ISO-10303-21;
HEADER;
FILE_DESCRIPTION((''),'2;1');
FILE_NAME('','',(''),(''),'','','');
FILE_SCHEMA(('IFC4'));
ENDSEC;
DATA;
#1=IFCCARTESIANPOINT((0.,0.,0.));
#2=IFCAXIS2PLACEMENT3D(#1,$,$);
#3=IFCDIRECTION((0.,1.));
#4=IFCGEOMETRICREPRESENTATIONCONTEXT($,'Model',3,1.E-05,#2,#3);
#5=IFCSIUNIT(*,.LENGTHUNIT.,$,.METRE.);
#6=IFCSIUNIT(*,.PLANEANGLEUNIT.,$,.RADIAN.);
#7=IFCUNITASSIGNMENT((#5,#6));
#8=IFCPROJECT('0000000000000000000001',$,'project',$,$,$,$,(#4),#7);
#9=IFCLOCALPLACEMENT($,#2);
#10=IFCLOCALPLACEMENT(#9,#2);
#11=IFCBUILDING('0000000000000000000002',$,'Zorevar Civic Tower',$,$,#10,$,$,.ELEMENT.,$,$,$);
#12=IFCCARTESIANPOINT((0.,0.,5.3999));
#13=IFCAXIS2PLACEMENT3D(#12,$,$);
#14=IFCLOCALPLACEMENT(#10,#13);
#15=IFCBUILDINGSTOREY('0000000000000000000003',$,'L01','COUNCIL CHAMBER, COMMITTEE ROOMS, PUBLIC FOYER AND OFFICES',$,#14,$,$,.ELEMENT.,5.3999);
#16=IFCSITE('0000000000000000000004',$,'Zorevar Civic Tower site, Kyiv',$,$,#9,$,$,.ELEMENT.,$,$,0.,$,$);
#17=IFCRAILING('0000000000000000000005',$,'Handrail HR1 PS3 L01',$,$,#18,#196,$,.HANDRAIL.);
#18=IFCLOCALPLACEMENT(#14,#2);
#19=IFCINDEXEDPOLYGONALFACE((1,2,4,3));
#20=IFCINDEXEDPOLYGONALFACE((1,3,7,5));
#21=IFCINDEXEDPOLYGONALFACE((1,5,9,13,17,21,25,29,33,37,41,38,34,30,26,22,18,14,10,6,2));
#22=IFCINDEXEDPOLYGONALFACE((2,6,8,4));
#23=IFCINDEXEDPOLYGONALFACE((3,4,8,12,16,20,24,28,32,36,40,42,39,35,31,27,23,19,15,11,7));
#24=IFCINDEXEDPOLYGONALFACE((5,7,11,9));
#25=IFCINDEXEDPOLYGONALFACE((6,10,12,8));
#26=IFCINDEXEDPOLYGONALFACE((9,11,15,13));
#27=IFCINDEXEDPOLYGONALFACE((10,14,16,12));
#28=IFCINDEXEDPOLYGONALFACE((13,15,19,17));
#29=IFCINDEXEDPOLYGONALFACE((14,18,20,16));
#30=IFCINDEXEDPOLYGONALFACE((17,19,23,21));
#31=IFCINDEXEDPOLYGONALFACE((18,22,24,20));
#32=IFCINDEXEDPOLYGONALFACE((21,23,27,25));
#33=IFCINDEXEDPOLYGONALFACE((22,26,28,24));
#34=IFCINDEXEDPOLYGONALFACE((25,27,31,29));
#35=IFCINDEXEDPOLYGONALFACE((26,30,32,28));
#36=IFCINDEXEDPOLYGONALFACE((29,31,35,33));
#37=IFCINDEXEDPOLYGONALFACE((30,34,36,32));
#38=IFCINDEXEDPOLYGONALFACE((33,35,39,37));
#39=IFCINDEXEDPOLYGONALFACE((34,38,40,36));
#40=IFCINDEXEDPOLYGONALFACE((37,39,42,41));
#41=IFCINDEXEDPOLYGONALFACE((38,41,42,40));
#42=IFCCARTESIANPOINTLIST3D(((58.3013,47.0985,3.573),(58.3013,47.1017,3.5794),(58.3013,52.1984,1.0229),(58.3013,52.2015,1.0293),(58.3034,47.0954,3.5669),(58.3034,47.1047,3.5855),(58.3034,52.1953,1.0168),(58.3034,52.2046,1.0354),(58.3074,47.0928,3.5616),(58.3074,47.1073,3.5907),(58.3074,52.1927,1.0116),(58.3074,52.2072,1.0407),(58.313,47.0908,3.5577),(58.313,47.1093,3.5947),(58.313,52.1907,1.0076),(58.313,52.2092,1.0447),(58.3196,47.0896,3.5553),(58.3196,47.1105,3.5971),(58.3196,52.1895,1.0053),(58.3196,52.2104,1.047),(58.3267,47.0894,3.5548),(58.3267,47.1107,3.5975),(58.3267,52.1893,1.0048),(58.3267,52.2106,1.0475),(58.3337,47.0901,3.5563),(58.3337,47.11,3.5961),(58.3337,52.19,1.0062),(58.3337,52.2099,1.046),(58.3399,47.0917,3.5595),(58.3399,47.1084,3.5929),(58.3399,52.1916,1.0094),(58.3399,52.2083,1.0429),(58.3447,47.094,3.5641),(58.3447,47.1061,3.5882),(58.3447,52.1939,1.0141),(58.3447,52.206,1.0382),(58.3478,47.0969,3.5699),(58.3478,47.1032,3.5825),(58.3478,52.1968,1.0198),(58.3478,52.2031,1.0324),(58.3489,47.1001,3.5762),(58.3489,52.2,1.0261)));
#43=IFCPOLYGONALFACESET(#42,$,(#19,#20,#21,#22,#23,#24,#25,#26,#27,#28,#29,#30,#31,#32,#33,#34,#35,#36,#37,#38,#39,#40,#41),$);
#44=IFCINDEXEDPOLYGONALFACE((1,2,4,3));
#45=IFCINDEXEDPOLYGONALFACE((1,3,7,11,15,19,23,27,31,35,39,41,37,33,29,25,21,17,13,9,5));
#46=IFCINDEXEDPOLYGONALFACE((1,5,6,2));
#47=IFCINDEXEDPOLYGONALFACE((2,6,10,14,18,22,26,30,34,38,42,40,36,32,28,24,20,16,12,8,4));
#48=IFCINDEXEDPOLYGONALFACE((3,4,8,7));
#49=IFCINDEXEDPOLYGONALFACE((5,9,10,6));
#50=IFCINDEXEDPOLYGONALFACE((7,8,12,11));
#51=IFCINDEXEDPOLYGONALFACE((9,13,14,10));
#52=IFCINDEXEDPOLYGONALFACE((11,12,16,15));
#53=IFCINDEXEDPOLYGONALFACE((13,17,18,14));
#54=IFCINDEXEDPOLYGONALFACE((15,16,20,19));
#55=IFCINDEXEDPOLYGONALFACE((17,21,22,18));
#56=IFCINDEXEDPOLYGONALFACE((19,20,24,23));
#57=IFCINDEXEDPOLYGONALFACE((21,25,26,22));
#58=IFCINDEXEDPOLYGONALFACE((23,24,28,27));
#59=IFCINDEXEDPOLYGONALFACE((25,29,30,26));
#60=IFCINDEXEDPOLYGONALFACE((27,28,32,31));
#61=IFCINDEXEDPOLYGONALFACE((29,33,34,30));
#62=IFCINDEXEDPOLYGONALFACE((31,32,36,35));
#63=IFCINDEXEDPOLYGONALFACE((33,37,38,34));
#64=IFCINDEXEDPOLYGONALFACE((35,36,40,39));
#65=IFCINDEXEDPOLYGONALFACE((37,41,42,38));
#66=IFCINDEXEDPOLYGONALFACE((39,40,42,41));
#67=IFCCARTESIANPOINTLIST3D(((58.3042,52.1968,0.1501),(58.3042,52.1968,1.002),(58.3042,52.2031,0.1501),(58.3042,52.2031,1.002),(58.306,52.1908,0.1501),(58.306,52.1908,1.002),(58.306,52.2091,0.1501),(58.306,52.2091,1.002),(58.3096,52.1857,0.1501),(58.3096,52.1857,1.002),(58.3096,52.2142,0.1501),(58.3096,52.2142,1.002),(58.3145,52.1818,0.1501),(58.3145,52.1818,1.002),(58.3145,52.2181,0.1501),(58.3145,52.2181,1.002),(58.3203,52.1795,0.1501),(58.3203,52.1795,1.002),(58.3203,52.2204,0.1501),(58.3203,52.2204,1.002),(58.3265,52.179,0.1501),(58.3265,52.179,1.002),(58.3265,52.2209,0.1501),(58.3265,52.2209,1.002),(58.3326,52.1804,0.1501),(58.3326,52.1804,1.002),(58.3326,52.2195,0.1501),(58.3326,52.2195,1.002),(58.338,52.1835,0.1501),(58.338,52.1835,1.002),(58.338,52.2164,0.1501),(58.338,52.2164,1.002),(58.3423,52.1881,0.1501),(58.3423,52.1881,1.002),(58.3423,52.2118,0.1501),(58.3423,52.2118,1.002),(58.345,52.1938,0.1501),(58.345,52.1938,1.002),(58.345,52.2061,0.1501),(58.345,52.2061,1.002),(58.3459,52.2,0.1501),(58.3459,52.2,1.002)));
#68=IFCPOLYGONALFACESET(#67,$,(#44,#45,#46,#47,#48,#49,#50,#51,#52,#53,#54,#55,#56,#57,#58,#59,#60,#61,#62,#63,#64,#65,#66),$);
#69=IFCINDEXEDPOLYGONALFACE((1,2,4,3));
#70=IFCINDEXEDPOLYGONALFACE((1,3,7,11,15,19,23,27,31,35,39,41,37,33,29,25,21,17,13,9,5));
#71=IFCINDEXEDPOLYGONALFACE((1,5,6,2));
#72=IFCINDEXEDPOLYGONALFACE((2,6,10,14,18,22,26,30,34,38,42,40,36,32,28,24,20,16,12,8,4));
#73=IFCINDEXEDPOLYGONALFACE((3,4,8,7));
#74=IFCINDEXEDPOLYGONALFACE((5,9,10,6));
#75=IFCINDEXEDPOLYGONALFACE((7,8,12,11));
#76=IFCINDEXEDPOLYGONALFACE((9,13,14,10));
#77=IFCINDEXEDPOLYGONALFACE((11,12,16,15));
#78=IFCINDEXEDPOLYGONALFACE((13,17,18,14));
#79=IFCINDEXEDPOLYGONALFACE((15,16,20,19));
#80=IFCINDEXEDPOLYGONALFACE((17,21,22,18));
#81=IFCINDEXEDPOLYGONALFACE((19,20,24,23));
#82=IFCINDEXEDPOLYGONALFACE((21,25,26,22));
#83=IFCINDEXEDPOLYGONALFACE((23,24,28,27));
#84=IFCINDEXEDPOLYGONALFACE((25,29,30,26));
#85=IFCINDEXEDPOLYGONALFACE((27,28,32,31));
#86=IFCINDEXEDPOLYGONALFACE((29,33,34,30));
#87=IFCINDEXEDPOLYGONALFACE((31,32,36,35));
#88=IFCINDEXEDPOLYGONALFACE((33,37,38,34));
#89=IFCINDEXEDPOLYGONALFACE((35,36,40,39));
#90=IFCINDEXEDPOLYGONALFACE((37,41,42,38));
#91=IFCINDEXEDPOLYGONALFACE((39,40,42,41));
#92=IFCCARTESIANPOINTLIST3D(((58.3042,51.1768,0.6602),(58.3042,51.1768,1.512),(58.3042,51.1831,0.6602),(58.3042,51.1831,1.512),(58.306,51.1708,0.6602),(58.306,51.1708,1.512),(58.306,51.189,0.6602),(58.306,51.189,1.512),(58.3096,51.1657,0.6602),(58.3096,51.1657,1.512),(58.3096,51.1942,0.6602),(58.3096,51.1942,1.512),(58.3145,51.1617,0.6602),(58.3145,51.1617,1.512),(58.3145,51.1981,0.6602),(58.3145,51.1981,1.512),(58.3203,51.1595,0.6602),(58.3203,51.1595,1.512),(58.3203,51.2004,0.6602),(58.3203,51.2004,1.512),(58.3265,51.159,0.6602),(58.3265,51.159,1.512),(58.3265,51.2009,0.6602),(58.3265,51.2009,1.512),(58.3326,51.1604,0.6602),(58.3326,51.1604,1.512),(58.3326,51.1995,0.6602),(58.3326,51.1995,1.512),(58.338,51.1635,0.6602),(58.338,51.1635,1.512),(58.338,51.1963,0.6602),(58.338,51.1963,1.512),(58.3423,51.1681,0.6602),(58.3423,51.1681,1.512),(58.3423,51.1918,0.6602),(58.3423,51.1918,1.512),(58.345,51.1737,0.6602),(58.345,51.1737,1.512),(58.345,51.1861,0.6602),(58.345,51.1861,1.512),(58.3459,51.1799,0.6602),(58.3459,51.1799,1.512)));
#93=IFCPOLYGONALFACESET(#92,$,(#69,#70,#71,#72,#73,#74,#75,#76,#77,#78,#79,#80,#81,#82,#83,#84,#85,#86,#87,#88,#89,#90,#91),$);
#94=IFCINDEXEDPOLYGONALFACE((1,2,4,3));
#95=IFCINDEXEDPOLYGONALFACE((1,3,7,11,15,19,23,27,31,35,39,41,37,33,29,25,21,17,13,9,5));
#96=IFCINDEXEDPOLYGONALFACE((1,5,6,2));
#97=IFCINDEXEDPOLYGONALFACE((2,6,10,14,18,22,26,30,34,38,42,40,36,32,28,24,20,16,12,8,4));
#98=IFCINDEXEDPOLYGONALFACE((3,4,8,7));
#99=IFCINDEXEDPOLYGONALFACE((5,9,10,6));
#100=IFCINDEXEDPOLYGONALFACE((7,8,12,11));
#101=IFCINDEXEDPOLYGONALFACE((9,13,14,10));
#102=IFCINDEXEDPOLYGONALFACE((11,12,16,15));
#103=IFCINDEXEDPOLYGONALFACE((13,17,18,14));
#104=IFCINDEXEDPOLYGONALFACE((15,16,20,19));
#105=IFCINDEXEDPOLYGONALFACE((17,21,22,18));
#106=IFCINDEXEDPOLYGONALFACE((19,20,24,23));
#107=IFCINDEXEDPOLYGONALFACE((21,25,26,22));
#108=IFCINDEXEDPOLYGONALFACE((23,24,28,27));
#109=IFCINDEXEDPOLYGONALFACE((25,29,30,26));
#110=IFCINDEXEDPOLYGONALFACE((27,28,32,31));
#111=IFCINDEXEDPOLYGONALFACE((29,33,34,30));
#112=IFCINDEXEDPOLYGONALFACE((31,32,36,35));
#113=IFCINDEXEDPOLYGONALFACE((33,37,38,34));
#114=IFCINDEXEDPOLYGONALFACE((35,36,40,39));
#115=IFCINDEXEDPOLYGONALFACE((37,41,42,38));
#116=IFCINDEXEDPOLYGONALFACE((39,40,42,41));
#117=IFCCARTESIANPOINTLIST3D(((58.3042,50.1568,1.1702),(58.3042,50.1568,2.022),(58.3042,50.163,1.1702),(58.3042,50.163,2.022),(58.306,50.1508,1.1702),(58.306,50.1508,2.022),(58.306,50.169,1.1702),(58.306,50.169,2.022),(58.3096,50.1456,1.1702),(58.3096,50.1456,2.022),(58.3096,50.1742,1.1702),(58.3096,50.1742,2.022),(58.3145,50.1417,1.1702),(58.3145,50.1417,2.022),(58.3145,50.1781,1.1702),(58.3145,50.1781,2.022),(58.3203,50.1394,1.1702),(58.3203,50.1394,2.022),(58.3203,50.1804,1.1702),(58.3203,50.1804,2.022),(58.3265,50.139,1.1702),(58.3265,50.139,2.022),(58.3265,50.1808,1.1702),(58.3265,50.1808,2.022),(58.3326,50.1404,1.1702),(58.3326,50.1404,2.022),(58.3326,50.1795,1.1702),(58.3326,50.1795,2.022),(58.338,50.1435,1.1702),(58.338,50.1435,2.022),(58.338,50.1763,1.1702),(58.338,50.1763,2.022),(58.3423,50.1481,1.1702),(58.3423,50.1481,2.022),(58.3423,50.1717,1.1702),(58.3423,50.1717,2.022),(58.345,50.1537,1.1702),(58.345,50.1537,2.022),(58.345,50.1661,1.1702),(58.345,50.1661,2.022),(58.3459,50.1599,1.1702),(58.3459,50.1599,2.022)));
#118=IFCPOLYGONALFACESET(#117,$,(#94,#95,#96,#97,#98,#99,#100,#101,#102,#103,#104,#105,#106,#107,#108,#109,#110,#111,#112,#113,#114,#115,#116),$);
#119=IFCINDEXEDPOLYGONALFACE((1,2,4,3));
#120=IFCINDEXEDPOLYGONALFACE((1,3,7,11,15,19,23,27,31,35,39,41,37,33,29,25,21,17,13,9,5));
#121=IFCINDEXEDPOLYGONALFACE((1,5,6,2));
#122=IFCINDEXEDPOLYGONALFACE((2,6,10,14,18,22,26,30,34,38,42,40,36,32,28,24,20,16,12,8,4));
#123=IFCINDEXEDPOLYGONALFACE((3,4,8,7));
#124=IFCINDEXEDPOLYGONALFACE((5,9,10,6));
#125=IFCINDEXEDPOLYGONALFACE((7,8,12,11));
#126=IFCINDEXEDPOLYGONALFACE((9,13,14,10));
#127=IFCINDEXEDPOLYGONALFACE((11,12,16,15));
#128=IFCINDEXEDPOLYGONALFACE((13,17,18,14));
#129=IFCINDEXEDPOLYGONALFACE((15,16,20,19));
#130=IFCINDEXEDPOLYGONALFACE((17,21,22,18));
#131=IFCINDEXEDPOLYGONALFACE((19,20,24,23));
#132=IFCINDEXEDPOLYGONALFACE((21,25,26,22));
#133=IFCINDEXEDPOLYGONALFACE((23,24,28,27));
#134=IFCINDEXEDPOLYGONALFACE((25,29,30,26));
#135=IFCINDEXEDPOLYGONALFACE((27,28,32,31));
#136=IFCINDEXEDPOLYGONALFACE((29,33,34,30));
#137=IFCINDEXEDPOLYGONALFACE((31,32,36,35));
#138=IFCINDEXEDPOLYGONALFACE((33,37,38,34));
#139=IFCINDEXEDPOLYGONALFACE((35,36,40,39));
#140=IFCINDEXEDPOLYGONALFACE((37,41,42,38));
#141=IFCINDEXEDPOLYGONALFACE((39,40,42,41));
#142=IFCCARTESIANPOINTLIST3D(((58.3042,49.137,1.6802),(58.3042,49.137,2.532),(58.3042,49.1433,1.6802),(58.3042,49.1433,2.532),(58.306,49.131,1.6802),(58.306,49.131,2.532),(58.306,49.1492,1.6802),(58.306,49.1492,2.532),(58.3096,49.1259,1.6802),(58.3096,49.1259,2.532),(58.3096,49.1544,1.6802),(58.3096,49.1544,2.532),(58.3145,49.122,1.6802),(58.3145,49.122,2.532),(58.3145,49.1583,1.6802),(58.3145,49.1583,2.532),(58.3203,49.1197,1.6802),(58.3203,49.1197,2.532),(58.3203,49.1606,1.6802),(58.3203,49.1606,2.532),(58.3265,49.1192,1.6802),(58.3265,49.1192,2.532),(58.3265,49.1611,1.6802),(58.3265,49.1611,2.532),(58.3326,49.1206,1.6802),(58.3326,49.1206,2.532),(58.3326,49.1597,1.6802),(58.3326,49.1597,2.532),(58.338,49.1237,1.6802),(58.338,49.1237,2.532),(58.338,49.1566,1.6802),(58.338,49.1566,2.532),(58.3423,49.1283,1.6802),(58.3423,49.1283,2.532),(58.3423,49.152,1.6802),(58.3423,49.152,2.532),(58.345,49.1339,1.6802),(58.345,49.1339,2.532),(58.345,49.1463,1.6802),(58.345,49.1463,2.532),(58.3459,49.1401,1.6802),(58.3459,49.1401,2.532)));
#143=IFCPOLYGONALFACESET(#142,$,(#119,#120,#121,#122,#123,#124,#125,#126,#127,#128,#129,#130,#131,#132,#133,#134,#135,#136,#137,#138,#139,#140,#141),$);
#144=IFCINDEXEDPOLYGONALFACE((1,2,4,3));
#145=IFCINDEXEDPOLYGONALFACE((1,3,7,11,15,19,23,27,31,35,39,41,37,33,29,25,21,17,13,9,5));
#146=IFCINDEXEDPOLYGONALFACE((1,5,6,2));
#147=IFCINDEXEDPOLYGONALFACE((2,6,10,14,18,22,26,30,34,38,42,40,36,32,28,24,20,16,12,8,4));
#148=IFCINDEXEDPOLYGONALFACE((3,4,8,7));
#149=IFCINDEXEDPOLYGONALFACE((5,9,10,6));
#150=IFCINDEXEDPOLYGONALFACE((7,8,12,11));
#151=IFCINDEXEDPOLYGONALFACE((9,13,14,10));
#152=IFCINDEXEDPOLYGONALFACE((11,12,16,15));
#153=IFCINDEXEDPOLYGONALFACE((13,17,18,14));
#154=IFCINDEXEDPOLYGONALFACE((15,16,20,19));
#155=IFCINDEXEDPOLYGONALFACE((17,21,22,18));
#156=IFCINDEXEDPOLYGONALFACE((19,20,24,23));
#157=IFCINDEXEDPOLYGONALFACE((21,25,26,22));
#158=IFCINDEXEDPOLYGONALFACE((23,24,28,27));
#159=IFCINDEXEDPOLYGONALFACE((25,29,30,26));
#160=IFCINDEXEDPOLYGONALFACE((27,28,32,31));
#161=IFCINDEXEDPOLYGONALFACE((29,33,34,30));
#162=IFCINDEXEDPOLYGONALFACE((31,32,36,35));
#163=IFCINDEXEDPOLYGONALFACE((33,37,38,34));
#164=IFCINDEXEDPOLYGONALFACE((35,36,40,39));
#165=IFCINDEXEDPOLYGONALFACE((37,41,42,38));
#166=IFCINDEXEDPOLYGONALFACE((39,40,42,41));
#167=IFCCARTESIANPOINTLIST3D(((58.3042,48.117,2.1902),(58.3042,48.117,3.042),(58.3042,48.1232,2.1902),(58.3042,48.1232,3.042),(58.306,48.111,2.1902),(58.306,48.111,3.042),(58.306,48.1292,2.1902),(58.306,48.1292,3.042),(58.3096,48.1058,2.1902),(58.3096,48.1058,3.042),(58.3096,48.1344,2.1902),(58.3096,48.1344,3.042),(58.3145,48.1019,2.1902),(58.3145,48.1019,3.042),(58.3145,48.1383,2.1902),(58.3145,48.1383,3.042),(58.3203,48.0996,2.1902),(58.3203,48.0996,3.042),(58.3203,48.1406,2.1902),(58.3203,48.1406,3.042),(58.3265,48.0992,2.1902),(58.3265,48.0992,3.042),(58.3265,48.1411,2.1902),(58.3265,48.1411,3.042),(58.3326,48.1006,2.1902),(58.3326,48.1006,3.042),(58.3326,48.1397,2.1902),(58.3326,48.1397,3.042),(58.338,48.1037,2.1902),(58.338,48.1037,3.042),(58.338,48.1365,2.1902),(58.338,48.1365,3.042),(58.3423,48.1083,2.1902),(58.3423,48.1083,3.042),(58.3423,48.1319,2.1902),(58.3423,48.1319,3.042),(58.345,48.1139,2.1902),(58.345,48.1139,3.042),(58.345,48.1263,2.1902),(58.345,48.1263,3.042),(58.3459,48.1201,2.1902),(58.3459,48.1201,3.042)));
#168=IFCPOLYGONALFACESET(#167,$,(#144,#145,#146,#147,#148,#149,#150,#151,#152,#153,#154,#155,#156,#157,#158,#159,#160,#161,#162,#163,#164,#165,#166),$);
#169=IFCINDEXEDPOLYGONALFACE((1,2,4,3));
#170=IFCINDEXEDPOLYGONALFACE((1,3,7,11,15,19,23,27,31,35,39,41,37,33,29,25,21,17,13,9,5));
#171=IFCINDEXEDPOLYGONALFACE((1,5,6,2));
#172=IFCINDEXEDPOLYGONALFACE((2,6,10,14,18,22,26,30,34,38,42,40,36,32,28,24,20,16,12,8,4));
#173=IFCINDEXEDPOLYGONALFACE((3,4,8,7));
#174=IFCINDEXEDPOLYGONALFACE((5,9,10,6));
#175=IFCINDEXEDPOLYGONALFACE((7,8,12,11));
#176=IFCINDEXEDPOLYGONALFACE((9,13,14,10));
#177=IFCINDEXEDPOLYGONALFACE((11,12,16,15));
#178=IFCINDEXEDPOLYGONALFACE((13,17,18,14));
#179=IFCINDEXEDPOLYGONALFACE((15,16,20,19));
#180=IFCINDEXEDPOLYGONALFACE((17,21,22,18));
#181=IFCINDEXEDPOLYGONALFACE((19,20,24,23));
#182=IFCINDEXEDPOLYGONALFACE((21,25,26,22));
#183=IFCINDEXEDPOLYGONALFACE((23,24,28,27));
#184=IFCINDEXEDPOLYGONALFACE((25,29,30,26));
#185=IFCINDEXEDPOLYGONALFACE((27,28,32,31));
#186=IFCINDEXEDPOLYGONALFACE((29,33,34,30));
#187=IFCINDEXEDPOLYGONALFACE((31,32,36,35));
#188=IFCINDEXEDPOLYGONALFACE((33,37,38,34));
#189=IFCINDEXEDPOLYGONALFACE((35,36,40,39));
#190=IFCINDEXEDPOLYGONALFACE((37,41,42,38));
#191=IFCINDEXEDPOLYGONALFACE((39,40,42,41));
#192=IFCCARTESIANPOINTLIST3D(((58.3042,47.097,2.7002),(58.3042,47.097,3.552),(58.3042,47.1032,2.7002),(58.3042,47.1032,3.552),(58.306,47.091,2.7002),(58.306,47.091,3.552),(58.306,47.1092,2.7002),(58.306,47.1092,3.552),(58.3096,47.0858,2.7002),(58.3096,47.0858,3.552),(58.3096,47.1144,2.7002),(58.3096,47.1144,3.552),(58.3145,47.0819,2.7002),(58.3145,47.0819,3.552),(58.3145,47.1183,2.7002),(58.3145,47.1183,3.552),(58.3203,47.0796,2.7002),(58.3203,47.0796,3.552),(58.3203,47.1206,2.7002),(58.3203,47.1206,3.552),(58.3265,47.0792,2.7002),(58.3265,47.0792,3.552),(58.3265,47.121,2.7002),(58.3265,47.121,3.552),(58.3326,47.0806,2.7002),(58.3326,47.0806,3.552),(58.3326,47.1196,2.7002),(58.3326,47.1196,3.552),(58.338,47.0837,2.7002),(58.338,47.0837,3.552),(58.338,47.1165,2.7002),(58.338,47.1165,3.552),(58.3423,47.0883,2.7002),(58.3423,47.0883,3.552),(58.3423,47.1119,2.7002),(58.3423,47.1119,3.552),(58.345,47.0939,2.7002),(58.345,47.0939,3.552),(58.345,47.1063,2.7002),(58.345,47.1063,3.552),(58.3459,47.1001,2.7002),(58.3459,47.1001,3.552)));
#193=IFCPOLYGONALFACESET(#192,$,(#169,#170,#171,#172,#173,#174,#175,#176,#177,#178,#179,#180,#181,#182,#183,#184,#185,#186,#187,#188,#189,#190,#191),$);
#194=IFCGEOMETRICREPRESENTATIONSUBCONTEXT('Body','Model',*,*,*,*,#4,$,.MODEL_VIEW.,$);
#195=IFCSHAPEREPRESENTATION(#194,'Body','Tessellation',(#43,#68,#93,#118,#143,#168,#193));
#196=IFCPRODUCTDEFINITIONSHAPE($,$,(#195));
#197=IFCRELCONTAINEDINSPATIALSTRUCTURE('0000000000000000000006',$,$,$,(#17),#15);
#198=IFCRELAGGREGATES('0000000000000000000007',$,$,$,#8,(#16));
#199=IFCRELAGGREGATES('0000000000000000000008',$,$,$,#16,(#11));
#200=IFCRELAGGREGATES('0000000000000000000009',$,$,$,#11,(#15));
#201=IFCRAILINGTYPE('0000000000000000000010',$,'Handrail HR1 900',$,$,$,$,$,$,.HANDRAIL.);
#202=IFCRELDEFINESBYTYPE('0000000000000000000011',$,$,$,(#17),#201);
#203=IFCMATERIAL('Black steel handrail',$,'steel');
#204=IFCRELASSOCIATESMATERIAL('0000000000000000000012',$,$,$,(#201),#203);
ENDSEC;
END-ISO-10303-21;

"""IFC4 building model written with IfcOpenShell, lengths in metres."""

from ifc_helpers import new_model, si_unit, direction, frame, origin, origin_2d, place, context, subcontext, project, spatial, circle, extrude, material, type_object, element, save


model = new_model("IFC4")

# Units and contexts
model_context = context("Model", 3, precision=1e-05, world=origin(), true_north=direction((0.0, 1.0)))
body_context = subcontext(model_context, "Body", "Model", "MODEL_VIEW")
ifc_project = project(units=[si_unit("LENGTHUNIT", "METRE"), si_unit("PLANEANGLEUNIT", "RADIAN")], contexts=[model_context])

# Site, building, storey
site_placement = place(None, origin())
site = spatial("IfcSite", under=ifc_project, at=site_placement, Name="Zorevar Civic Tower site, Kyiv", CompositionType="ELEMENT", RefElevation=0.0)
building_placement = place(site_placement, origin())
building = spatial("IfcBuilding", under=site, at=building_placement, Name="Zorevar Civic Tower", CompositionType="ELEMENT")
storey_placement = place(building_placement, frame((0.0, 0.0, 5.3999)))
storey = spatial("IfcBuildingStorey", under=building, at=storey_placement, Name="L01", Description="COUNCIL CHAMBER, COMMITTEE ROOMS, PUBLIC FOYER AND OFFICES", CompositionType="ELEMENT", Elevation=5.3999)

# Railing
ifc_material_1 = material(Name="Black steel handrail", Category="steel")
railing_type = type_object("IfcRailingType", Name="Handrail HR1 900", PredefinedType="HANDRAIL", material=ifc_material_1)
railing_1_placement = place(storey_placement, frame((58.325, 52.2, 0.1501)))
element("IfcRailing", 1, at=railing_1_placement, inside=storey, type_object=railing_type, Name="Handrail HR1 PS3 L01", PredefinedType="HANDRAIL", context=body_context, shape_type="SweptSolid", body=[
    extrude(circle(Radius=0.0239, at=origin_2d()), frame((0.0, 0.0, 0.876), z_axis=(0.0, -0.894419, 0.447231), x_axis=(1.0, 0.0, 0.0)), (0.0, 0.0, 1.0), 5.7019),
    extrude(circle(Radius=0.021, at=origin_2d()), origin(), (0.0, 0.0, 1.0), 0.8518),
    extrude(circle(Radius=0.021, at=origin_2d()), frame((0.0, -1.02, 0.51)), (0.0, 0.0, 1.0), 0.8518),
    extrude(circle(Radius=0.021, at=origin_2d()), frame((0.0, -2.04, 1.02)), (0.0, 0.0, 1.0), 0.8518),
    extrude(circle(Radius=0.021, at=origin_2d()), frame((0.0, -3.0598, 1.53)), (0.0, 0.0, 1.0), 0.8518),
    extrude(circle(Radius=0.021, at=origin_2d()), frame((0.0, -4.0798, 2.04)), (0.0, 0.0, 1.0), 0.8518),
    extrude(circle(Radius=0.021, at=origin_2d()), frame((0.0, -5.0999, 2.55)), (0.0, 0.0, 1.0), 0.8518),
])

save(model, "model.ifc")
